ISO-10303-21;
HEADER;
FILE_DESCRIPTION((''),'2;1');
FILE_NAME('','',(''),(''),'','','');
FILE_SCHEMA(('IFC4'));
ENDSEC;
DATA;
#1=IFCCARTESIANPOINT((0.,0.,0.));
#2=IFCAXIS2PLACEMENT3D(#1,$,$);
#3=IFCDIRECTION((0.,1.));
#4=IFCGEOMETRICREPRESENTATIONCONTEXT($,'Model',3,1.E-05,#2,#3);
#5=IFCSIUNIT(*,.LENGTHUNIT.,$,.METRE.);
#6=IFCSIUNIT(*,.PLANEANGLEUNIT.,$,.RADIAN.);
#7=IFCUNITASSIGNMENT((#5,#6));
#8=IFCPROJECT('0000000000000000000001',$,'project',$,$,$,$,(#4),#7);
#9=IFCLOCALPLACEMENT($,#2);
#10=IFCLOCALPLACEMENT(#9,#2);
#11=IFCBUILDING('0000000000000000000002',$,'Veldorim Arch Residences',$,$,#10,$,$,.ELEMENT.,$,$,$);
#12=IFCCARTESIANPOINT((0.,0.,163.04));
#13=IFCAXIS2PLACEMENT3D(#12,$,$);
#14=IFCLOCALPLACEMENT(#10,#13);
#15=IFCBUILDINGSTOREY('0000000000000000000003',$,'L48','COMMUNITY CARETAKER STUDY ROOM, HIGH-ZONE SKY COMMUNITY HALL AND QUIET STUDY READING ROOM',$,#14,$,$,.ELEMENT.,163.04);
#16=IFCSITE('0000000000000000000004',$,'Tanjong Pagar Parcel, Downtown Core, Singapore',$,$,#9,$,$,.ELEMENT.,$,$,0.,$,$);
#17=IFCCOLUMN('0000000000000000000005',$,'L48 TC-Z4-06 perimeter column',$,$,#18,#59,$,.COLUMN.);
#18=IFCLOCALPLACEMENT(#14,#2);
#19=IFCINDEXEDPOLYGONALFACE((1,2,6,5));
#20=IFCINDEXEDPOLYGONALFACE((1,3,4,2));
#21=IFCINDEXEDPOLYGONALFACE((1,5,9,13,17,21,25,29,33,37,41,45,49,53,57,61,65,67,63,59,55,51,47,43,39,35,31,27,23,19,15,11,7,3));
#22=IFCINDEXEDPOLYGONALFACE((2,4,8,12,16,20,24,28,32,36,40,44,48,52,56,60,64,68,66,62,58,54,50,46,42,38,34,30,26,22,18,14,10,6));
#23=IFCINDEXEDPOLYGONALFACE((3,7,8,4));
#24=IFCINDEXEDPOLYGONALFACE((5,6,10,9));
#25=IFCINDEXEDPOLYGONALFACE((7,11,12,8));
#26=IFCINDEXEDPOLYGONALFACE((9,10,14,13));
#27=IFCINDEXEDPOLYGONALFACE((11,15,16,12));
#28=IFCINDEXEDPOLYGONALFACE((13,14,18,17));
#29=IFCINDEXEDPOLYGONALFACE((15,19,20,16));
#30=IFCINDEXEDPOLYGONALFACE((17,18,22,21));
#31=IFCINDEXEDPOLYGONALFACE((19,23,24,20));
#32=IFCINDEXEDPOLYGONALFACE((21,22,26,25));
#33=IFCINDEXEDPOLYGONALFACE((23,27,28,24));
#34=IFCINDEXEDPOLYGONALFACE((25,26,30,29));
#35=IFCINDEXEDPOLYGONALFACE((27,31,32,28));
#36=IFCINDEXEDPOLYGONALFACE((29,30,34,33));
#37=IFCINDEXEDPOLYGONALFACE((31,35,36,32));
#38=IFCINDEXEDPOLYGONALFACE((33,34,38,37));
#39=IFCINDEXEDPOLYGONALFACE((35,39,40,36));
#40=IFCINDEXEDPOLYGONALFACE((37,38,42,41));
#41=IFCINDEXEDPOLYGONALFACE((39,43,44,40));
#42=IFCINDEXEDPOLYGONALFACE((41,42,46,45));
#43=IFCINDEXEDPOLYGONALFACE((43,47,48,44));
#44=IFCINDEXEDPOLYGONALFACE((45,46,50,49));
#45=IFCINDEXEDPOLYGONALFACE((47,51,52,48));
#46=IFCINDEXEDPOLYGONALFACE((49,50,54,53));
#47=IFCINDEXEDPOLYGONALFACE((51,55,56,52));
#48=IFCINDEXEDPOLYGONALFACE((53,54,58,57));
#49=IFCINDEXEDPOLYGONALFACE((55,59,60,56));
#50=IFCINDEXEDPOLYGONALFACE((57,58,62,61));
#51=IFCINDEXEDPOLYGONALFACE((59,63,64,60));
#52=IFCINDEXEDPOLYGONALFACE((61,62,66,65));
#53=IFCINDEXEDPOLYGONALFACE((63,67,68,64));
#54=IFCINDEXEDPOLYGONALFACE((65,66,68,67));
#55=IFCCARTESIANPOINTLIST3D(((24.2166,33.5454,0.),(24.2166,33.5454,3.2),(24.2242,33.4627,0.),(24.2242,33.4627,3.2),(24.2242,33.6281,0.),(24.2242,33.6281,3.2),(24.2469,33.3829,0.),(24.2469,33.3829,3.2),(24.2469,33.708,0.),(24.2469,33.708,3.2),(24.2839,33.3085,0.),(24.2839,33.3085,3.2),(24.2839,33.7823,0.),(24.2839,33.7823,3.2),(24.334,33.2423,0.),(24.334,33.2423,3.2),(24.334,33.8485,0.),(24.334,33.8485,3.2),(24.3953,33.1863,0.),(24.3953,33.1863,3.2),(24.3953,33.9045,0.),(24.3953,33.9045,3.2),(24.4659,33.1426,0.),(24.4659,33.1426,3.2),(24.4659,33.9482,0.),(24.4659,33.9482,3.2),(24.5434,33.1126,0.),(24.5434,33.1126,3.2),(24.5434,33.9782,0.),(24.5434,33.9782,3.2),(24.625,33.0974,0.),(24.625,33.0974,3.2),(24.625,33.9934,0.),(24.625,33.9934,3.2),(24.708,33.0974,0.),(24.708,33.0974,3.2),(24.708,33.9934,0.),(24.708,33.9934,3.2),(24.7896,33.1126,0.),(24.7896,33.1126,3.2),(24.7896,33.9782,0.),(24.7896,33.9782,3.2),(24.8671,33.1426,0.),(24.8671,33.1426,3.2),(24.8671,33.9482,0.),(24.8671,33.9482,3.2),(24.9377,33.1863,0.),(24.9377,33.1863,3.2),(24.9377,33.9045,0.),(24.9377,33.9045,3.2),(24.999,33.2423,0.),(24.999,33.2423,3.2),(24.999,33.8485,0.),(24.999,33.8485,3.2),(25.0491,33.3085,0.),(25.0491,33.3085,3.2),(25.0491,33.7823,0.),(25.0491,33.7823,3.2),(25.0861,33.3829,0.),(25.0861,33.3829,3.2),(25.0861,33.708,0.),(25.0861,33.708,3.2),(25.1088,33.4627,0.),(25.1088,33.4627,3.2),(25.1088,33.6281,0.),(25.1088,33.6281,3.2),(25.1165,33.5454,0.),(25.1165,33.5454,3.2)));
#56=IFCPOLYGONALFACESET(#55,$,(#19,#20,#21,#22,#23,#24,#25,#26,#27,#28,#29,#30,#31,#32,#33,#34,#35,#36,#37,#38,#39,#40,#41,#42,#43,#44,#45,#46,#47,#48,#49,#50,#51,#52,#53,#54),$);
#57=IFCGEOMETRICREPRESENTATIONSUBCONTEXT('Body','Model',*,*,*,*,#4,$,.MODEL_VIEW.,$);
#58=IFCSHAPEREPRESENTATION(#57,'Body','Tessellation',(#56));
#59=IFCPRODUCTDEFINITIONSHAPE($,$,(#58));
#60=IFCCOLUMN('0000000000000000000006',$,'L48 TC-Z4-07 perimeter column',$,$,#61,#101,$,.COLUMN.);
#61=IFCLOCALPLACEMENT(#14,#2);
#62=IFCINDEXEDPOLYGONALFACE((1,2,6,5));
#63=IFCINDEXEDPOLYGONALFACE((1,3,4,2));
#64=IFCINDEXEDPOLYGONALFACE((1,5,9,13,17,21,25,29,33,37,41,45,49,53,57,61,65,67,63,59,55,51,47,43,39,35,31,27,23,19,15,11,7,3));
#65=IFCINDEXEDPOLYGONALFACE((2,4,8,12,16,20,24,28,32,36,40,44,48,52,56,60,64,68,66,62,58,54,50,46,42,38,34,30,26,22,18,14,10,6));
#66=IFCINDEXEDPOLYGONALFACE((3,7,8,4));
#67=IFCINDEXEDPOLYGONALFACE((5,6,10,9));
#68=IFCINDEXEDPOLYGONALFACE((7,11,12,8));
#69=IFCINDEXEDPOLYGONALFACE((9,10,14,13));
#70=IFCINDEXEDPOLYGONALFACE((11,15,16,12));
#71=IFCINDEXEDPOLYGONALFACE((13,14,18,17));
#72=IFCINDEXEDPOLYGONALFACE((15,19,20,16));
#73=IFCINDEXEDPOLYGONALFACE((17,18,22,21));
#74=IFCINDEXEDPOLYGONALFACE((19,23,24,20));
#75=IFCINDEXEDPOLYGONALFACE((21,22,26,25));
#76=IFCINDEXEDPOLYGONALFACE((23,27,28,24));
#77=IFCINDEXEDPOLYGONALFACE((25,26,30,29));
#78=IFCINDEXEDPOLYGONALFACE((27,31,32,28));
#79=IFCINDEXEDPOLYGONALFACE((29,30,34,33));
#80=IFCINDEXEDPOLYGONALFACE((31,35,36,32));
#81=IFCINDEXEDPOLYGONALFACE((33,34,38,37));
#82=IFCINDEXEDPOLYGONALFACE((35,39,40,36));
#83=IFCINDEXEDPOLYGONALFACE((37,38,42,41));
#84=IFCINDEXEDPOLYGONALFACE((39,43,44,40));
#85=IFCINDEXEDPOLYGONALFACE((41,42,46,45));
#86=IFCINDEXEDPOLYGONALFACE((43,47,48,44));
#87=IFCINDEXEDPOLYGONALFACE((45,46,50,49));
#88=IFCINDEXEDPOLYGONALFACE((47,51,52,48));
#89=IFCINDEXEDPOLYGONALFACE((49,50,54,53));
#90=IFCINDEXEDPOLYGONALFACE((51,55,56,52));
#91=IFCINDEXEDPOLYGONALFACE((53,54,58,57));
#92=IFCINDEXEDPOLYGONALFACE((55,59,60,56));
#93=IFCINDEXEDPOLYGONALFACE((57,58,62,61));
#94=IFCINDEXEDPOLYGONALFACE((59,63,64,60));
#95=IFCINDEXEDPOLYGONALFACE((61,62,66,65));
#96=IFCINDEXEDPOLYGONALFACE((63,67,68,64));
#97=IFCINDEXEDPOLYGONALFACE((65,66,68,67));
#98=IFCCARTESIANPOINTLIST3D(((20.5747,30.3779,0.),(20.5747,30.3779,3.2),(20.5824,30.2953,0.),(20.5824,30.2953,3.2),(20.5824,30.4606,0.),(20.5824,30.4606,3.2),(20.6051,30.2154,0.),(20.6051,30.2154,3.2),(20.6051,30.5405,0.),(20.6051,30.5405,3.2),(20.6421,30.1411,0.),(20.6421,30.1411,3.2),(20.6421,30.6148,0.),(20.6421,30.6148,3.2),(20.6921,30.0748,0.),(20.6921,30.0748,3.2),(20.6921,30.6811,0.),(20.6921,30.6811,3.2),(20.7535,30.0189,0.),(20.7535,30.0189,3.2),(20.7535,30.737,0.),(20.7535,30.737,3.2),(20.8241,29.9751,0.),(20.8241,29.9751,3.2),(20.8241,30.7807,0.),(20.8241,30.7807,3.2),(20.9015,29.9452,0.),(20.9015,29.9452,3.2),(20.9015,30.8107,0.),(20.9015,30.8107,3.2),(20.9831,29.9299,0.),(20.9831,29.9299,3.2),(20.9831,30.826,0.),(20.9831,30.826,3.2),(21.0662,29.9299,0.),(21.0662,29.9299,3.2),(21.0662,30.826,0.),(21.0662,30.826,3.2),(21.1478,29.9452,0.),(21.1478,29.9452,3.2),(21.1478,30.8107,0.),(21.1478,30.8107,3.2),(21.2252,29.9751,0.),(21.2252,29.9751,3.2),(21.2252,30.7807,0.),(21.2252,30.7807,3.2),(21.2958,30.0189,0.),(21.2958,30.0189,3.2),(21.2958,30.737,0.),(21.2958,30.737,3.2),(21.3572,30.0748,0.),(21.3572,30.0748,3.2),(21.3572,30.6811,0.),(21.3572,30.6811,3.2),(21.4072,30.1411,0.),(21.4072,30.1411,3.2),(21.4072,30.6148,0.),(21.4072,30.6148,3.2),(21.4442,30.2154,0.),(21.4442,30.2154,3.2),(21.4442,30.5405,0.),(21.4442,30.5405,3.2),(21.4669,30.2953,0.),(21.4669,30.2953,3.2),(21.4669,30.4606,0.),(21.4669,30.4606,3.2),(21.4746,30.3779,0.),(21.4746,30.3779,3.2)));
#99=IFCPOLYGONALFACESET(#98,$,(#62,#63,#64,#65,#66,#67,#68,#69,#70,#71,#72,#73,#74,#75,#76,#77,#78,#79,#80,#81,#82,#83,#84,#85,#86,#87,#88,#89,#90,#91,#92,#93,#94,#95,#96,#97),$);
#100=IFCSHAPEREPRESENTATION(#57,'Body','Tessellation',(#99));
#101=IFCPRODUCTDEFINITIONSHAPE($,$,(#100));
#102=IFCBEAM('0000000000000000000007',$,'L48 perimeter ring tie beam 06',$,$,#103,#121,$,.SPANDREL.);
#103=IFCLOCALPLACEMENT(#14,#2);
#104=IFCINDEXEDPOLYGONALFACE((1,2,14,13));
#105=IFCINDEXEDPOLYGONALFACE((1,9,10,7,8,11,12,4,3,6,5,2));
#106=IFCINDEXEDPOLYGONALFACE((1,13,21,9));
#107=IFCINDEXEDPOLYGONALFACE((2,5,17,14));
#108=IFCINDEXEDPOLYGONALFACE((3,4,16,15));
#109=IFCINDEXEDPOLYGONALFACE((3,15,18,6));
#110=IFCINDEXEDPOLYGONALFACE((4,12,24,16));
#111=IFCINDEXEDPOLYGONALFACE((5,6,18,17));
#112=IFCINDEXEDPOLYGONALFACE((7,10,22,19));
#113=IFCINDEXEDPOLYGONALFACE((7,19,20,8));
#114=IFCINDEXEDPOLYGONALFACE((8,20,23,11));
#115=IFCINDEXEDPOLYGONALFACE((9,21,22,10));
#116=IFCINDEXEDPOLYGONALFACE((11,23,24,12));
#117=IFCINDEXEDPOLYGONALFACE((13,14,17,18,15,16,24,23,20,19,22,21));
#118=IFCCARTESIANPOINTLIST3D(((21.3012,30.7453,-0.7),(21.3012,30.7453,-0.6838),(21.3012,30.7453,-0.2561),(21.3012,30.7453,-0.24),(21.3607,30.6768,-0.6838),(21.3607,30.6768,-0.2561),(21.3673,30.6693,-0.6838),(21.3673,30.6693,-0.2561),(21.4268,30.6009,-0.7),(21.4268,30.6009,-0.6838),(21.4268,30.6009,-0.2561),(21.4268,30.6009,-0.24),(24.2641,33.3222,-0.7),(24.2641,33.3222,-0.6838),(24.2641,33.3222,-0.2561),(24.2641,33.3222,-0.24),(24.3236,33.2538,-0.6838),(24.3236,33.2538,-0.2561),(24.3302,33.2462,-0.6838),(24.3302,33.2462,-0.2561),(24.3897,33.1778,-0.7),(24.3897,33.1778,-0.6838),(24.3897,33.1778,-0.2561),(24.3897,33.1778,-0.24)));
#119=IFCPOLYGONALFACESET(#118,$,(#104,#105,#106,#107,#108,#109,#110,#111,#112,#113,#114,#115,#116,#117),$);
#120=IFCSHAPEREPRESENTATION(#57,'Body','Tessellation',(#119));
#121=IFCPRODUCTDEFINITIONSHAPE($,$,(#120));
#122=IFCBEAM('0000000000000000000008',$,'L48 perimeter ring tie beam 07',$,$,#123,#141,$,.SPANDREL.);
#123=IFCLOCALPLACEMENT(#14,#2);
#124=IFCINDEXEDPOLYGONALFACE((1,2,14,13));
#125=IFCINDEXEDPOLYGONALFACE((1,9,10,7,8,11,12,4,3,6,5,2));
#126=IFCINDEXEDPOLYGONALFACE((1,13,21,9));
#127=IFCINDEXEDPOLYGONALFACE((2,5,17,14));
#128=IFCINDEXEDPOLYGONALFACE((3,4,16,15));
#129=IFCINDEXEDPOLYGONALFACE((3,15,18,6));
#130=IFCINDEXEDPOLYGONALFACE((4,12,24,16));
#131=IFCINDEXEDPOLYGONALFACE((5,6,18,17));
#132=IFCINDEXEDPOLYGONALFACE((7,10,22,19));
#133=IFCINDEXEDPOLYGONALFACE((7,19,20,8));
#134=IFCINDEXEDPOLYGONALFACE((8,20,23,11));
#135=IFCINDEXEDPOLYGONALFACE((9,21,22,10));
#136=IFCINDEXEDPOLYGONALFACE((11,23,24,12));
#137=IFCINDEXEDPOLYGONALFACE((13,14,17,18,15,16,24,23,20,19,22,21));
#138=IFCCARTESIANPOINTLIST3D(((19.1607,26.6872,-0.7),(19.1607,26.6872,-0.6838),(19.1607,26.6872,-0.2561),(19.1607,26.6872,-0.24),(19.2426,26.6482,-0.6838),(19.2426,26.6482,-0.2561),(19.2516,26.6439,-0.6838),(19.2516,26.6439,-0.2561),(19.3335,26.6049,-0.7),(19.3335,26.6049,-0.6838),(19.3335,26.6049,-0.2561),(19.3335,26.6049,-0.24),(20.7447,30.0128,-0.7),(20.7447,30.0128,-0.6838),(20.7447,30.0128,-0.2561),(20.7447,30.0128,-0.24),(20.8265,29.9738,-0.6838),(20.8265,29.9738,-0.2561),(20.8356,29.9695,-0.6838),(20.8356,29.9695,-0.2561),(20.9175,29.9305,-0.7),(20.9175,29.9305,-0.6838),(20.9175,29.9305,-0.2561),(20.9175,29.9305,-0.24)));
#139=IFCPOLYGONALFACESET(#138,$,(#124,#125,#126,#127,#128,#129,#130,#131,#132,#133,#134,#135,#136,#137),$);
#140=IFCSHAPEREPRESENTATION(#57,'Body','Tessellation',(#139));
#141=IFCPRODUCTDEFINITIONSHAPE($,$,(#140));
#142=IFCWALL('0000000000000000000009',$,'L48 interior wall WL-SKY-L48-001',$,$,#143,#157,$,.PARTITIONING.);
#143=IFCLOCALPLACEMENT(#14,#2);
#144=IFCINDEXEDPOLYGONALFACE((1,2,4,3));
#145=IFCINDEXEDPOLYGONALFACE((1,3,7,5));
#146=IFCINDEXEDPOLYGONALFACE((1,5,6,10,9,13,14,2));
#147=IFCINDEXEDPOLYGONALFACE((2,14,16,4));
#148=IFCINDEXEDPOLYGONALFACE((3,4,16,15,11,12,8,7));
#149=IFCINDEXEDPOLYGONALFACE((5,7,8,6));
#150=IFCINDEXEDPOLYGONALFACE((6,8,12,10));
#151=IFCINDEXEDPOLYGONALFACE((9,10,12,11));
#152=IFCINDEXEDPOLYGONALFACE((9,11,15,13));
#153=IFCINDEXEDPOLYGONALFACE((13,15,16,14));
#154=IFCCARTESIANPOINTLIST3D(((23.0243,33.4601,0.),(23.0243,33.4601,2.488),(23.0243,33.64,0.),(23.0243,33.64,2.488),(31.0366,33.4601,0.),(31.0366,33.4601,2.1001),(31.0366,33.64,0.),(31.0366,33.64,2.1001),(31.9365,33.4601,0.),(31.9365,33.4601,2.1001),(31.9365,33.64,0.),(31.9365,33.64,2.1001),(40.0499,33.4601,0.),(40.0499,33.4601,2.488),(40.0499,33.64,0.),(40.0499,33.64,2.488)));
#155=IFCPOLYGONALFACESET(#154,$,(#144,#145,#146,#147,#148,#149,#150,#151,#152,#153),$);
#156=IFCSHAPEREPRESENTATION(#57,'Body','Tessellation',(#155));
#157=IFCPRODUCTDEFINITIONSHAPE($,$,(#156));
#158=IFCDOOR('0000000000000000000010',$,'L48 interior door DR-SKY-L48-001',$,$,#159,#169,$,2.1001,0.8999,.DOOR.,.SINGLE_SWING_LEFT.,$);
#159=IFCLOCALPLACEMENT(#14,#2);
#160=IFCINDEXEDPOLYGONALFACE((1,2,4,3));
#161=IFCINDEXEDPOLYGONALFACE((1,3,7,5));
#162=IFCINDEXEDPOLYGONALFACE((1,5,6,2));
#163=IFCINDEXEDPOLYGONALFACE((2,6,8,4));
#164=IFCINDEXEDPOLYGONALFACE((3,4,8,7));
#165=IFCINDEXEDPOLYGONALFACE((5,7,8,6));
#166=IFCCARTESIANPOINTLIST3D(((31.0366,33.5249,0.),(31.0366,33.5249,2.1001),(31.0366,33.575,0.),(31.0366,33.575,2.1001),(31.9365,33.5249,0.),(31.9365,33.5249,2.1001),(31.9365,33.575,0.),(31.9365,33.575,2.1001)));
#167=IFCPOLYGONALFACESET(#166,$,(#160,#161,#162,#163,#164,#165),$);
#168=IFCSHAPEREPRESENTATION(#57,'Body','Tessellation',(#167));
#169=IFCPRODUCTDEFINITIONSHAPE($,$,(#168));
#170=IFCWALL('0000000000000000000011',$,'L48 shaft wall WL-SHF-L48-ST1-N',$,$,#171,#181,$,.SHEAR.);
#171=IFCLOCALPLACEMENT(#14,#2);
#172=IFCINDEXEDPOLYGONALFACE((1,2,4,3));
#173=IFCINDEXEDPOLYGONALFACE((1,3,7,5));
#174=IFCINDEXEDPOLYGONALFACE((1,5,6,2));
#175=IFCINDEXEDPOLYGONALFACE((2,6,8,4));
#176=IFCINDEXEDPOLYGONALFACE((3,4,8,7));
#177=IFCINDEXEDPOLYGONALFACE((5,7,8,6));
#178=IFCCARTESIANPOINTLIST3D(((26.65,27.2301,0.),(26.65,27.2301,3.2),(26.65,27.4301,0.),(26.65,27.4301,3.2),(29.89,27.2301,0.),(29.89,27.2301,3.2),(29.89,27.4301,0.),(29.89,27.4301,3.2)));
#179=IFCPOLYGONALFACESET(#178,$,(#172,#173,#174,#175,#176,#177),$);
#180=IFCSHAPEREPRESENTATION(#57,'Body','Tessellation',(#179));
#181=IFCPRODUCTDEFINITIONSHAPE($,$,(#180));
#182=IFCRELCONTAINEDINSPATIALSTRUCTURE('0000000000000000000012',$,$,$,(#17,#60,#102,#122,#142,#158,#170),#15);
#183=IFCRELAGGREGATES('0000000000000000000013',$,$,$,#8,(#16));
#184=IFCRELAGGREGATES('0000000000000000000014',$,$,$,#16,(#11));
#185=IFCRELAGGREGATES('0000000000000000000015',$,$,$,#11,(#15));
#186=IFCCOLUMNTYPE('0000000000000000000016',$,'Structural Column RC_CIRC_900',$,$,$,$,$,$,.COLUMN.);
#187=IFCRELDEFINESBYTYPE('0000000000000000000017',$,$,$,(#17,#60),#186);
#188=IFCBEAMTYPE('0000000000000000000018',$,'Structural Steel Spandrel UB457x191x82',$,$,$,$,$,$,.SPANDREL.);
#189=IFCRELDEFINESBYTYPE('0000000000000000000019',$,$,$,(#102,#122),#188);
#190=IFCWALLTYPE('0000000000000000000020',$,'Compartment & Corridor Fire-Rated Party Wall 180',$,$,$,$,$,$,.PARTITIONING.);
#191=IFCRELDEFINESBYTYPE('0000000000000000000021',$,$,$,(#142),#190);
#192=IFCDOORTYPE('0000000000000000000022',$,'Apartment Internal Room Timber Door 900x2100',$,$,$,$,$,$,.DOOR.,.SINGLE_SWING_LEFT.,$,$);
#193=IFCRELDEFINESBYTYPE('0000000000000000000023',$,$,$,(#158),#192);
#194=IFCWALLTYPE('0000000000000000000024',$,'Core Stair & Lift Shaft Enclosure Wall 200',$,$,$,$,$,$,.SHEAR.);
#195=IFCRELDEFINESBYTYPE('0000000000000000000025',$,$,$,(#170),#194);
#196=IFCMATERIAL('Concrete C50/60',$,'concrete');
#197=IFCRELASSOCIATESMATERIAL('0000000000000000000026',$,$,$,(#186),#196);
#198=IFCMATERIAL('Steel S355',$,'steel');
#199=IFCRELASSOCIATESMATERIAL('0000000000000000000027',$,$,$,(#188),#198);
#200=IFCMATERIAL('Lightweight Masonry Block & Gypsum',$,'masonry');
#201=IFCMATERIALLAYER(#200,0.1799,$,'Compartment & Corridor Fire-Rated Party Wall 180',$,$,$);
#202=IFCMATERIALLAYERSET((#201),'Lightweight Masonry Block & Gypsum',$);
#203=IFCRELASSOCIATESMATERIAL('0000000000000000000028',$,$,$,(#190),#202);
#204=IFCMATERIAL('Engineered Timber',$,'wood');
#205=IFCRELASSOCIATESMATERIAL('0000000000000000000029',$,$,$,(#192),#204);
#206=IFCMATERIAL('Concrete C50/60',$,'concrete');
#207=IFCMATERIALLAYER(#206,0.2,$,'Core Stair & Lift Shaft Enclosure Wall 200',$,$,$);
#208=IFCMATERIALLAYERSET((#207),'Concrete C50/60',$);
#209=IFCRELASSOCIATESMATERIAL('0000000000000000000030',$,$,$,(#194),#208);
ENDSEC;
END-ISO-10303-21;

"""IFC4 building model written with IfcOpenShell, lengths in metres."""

from ifc_helpers import new_model, si_unit, direction, frame, frame_2d, origin, origin_2d, place, context, subcontext, project, spatial, rectangle, circle, i_section, extrude, material, layer, layer_set, material_profile, profile_set, type_object, element, fill, save


model = new_model("IFC4")

# Units and contexts
model_context = context("Model", 3, precision=1e-05, world=origin(), true_north=direction((0.0, 1.0)))
body_context = subcontext(model_context, "Body", "Model", "MODEL_VIEW")
ifc_project = project(units=[si_unit("LENGTHUNIT", "METRE"), si_unit("PLANEANGLEUNIT", "RADIAN")], contexts=[model_context])

# Site, building, storey
site_placement = place(None, origin())
site = spatial("IfcSite", under=ifc_project, at=site_placement, Name="Tanjong Pagar Parcel, Downtown Core, Singapore", CompositionType="ELEMENT", RefElevation=0.0)
building_placement = place(site_placement, origin())
building = spatial("IfcBuilding", under=site, at=building_placement, Name="Veldorim Arch Residences", CompositionType="ELEMENT")
storey_placement = place(building_placement, frame((0.0, 0.0, 163.04)))
storey = spatial("IfcBuildingStorey", under=building, at=storey_placement, Name="L48", Description="COMMUNITY CARETAKER STUDY ROOM, HIGH-ZONE SKY COMMUNITY HALL AND QUIET STUDY READING ROOM", CompositionType="ELEMENT", Elevation=163.04)

# Columns
ifc_material_1 = material(Name="Concrete C50/60", Category="concrete")
ifc_material_profile_1 = material_profile(ifc_material_1, circle(Radius=0.45, at=origin_2d()), Name="RC_CIRC_900")
ifc_profile_set_1 = profile_set([ifc_material_profile_1], Name="Concrete C50/60")
column_type = type_object("IfcColumnType", Name="Structural Column RC_CIRC_900", PredefinedType="COLUMN", material=ifc_profile_set_1)
for number, where, z_axis, x_axis, name in (
    (1, (24.6665, 33.5454, 0.0), (0.0, 0.0, 1.0), (1.0, 0.0, 0.0), "L48 TC-Z4-06 perimeter column"),
    (2, (21.0247, 30.3779, 0.0), (0.0, 0.0, 1.0), (1.0, 0.0, 0.0), "L48 TC-Z4-07 perimeter column"),
):
    element("IfcColumn", number, at=place(storey_placement, frame(where, z_axis=z_axis, x_axis=x_axis)), inside=storey, type_object=column_type, Name=name, PredefinedType="COLUMN", context=body_context, shape_type="SweptSolid", body=[
        extrude(circle(Radius=0.45, at=origin_2d()), origin(), (0.0, 0.0, 1.0), 3.2),
    ])

# Beams
ifc_material_2 = material(Name="Steel S355", Category="steel")
ifc_material_profile_2 = material_profile(ifc_material_2, i_section(OverallWidth=0.1914, OverallDepth=0.46, WebThickness=0.01, FlangeThickness=0.0161, at=origin_2d()), Name="UB457x191x82")
ifc_profile_set_2 = profile_set([ifc_material_profile_2], Name="Steel S355")
beam_type = type_object("IfcBeamType", Name="Structural Steel Spandrel UB457x191x82", PredefinedType="SPANDREL", material=ifc_profile_set_2)
beam_1_placement = place(storey_placement, frame((24.3269, 33.25, -0.47), z_axis=(-0.754545, -0.656248, 0.0), x_axis=(0.656248, -0.754545, 0.0)))
element("IfcBeam", 3, at=beam_1_placement, inside=storey, type_object=beam_type, Name="L48 perimeter ring tie beam 06", PredefinedType="SPANDREL", context=body_context, shape_type="SweptSolid", body=[
    extrude(i_section(OverallWidth=0.1914, OverallDepth=0.46, WebThickness=0.01, FlangeThickness=0.0161, at=origin_2d()), origin(), (0.0, 0.0, 1.0), 3.9268),
])
beam_2_placement = place(storey_placement, frame((20.8311, 29.9717, -0.47), z_axis=(-0.430006, -0.902826, 0.0), x_axis=(0.902826, -0.430006, 0.0)))
element("IfcBeam", 4, at=beam_2_placement, inside=storey, type_object=beam_type, Name="L48 perimeter ring tie beam 07", PredefinedType="SPANDREL", context=body_context, shape_type="SweptSolid", body=[
    extrude(i_section(OverallWidth=0.1914, OverallDepth=0.46, WebThickness=0.01, FlangeThickness=0.0161, at=origin_2d()), origin(), (0.0, 0.0, 1.0), 3.6836),
])

# Wall, opening, door
ifc_material_3 = material(Name="Lightweight Masonry Block & Gypsum", Category="masonry")
ifc_layer_1 = layer(ifc_material_3, 0.1799, Name="Compartment & Corridor Fire-Rated Party Wall 180")
ifc_layer_set_1 = layer_set([ifc_layer_1], Name="Lightweight Masonry Block & Gypsum")
wall_type_1 = type_object("IfcWallType", Name="Compartment & Corridor Fire-Rated Party Wall 180", PredefinedType="PARTITIONING", material=ifc_layer_set_1)
wall_1_placement = place(storey_placement, frame((23.0244, 33.55, 0.0), z_axis=(0.0, 0.0, 1.0), x_axis=(1.0, 0.0, 0.0)))
wall_1 = element("IfcWall", 5, at=wall_1_placement, inside=storey, type_object=wall_type_1, Name="L48 interior wall WL-SKY-L48-001", PredefinedType="PARTITIONING", context=body_context, shape_type="SweptSolid", body=[
    extrude(rectangle(XDim=17.0256, YDim=0.1799, at=frame_2d((8.5127, 0.0))), origin(), (0.0, 0.0, 1.0), 2.488),
])
opening_1_placement = place(wall_1_placement, frame((8.0122, 0.0, 0.0)))
opening_1 = element("IfcOpeningElement", 6, at=opening_1_placement, cuts=wall_1, PredefinedType="OPENING", context=body_context, shape_type="SweptSolid", body=[
    extrude(rectangle(XDim=0.8999, YDim=2.1001, at=frame_2d((0.45, 1.05))), frame((0.0, 0.0999, 0.0), z_axis=(0.0, -1.0, 0.0), x_axis=(1.0, 0.0, 0.0)), (0.0, 0.0, 1.0), 0.2),
])
ifc_material_4 = material(Name="Engineered Timber", Category="wood")
door_type_1 = type_object("IfcDoorType", Name="Apartment Internal Room Timber Door 900x2100", OperationType="SINGLE_SWING_LEFT", PredefinedType="DOOR", material=ifc_material_4)
door_1_placement = place(opening_1_placement, origin())
door_1 = element("IfcDoor", 7, at=door_1_placement, inside=storey, type_object=door_type_1, Name="L48 interior door DR-SKY-L48-001", OperationType="SINGLE_SWING_LEFT", OverallHeight=2.1001, OverallWidth=0.8999, PredefinedType="DOOR", context=body_context, shape_type="SweptSolid", body=[
    extrude(rectangle(XDim=0.8999, YDim=2.1001, at=frame_2d((0.45, 1.05))), frame((0.0, 0.0249, 0.0), z_axis=(0.0, -1.0, 0.0), x_axis=(1.0, 0.0, 0.0)), (0.0, 0.0, 1.0), 0.05),
])
fill(opening_1, door_1)

# Wall
ifc_material_5 = material(Name="Concrete C50/60", Category="concrete")
ifc_layer_2 = layer(ifc_material_5, 0.2, Name="Core Stair & Lift Shaft Enclosure Wall 200")
ifc_layer_set_2 = layer_set([ifc_layer_2], Name="Concrete C50/60")
wall_type_2 = type_object("IfcWallType", Name="Core Stair & Lift Shaft Enclosure Wall 200", PredefinedType="SHEAR", material=ifc_layer_set_2)
wall_2_placement = place(storey_placement, frame((26.6499, 27.3301, 0.0), z_axis=(0.0, 0.0, 1.0), x_axis=(1.0, 0.0, 0.0)))
element("IfcWall", 8, at=wall_2_placement, inside=storey, type_object=wall_type_2, Name="L48 shaft wall WL-SHF-L48-ST1-N", PredefinedType="SHEAR", context=body_context, shape_type="SweptSolid", body=[
    extrude(rectangle(XDim=3.24, YDim=0.2, at=frame_2d((1.6201, 0.0))), origin(), (0.0, 0.0, 1.0), 3.2),
])

save(model, "model.ifc")
